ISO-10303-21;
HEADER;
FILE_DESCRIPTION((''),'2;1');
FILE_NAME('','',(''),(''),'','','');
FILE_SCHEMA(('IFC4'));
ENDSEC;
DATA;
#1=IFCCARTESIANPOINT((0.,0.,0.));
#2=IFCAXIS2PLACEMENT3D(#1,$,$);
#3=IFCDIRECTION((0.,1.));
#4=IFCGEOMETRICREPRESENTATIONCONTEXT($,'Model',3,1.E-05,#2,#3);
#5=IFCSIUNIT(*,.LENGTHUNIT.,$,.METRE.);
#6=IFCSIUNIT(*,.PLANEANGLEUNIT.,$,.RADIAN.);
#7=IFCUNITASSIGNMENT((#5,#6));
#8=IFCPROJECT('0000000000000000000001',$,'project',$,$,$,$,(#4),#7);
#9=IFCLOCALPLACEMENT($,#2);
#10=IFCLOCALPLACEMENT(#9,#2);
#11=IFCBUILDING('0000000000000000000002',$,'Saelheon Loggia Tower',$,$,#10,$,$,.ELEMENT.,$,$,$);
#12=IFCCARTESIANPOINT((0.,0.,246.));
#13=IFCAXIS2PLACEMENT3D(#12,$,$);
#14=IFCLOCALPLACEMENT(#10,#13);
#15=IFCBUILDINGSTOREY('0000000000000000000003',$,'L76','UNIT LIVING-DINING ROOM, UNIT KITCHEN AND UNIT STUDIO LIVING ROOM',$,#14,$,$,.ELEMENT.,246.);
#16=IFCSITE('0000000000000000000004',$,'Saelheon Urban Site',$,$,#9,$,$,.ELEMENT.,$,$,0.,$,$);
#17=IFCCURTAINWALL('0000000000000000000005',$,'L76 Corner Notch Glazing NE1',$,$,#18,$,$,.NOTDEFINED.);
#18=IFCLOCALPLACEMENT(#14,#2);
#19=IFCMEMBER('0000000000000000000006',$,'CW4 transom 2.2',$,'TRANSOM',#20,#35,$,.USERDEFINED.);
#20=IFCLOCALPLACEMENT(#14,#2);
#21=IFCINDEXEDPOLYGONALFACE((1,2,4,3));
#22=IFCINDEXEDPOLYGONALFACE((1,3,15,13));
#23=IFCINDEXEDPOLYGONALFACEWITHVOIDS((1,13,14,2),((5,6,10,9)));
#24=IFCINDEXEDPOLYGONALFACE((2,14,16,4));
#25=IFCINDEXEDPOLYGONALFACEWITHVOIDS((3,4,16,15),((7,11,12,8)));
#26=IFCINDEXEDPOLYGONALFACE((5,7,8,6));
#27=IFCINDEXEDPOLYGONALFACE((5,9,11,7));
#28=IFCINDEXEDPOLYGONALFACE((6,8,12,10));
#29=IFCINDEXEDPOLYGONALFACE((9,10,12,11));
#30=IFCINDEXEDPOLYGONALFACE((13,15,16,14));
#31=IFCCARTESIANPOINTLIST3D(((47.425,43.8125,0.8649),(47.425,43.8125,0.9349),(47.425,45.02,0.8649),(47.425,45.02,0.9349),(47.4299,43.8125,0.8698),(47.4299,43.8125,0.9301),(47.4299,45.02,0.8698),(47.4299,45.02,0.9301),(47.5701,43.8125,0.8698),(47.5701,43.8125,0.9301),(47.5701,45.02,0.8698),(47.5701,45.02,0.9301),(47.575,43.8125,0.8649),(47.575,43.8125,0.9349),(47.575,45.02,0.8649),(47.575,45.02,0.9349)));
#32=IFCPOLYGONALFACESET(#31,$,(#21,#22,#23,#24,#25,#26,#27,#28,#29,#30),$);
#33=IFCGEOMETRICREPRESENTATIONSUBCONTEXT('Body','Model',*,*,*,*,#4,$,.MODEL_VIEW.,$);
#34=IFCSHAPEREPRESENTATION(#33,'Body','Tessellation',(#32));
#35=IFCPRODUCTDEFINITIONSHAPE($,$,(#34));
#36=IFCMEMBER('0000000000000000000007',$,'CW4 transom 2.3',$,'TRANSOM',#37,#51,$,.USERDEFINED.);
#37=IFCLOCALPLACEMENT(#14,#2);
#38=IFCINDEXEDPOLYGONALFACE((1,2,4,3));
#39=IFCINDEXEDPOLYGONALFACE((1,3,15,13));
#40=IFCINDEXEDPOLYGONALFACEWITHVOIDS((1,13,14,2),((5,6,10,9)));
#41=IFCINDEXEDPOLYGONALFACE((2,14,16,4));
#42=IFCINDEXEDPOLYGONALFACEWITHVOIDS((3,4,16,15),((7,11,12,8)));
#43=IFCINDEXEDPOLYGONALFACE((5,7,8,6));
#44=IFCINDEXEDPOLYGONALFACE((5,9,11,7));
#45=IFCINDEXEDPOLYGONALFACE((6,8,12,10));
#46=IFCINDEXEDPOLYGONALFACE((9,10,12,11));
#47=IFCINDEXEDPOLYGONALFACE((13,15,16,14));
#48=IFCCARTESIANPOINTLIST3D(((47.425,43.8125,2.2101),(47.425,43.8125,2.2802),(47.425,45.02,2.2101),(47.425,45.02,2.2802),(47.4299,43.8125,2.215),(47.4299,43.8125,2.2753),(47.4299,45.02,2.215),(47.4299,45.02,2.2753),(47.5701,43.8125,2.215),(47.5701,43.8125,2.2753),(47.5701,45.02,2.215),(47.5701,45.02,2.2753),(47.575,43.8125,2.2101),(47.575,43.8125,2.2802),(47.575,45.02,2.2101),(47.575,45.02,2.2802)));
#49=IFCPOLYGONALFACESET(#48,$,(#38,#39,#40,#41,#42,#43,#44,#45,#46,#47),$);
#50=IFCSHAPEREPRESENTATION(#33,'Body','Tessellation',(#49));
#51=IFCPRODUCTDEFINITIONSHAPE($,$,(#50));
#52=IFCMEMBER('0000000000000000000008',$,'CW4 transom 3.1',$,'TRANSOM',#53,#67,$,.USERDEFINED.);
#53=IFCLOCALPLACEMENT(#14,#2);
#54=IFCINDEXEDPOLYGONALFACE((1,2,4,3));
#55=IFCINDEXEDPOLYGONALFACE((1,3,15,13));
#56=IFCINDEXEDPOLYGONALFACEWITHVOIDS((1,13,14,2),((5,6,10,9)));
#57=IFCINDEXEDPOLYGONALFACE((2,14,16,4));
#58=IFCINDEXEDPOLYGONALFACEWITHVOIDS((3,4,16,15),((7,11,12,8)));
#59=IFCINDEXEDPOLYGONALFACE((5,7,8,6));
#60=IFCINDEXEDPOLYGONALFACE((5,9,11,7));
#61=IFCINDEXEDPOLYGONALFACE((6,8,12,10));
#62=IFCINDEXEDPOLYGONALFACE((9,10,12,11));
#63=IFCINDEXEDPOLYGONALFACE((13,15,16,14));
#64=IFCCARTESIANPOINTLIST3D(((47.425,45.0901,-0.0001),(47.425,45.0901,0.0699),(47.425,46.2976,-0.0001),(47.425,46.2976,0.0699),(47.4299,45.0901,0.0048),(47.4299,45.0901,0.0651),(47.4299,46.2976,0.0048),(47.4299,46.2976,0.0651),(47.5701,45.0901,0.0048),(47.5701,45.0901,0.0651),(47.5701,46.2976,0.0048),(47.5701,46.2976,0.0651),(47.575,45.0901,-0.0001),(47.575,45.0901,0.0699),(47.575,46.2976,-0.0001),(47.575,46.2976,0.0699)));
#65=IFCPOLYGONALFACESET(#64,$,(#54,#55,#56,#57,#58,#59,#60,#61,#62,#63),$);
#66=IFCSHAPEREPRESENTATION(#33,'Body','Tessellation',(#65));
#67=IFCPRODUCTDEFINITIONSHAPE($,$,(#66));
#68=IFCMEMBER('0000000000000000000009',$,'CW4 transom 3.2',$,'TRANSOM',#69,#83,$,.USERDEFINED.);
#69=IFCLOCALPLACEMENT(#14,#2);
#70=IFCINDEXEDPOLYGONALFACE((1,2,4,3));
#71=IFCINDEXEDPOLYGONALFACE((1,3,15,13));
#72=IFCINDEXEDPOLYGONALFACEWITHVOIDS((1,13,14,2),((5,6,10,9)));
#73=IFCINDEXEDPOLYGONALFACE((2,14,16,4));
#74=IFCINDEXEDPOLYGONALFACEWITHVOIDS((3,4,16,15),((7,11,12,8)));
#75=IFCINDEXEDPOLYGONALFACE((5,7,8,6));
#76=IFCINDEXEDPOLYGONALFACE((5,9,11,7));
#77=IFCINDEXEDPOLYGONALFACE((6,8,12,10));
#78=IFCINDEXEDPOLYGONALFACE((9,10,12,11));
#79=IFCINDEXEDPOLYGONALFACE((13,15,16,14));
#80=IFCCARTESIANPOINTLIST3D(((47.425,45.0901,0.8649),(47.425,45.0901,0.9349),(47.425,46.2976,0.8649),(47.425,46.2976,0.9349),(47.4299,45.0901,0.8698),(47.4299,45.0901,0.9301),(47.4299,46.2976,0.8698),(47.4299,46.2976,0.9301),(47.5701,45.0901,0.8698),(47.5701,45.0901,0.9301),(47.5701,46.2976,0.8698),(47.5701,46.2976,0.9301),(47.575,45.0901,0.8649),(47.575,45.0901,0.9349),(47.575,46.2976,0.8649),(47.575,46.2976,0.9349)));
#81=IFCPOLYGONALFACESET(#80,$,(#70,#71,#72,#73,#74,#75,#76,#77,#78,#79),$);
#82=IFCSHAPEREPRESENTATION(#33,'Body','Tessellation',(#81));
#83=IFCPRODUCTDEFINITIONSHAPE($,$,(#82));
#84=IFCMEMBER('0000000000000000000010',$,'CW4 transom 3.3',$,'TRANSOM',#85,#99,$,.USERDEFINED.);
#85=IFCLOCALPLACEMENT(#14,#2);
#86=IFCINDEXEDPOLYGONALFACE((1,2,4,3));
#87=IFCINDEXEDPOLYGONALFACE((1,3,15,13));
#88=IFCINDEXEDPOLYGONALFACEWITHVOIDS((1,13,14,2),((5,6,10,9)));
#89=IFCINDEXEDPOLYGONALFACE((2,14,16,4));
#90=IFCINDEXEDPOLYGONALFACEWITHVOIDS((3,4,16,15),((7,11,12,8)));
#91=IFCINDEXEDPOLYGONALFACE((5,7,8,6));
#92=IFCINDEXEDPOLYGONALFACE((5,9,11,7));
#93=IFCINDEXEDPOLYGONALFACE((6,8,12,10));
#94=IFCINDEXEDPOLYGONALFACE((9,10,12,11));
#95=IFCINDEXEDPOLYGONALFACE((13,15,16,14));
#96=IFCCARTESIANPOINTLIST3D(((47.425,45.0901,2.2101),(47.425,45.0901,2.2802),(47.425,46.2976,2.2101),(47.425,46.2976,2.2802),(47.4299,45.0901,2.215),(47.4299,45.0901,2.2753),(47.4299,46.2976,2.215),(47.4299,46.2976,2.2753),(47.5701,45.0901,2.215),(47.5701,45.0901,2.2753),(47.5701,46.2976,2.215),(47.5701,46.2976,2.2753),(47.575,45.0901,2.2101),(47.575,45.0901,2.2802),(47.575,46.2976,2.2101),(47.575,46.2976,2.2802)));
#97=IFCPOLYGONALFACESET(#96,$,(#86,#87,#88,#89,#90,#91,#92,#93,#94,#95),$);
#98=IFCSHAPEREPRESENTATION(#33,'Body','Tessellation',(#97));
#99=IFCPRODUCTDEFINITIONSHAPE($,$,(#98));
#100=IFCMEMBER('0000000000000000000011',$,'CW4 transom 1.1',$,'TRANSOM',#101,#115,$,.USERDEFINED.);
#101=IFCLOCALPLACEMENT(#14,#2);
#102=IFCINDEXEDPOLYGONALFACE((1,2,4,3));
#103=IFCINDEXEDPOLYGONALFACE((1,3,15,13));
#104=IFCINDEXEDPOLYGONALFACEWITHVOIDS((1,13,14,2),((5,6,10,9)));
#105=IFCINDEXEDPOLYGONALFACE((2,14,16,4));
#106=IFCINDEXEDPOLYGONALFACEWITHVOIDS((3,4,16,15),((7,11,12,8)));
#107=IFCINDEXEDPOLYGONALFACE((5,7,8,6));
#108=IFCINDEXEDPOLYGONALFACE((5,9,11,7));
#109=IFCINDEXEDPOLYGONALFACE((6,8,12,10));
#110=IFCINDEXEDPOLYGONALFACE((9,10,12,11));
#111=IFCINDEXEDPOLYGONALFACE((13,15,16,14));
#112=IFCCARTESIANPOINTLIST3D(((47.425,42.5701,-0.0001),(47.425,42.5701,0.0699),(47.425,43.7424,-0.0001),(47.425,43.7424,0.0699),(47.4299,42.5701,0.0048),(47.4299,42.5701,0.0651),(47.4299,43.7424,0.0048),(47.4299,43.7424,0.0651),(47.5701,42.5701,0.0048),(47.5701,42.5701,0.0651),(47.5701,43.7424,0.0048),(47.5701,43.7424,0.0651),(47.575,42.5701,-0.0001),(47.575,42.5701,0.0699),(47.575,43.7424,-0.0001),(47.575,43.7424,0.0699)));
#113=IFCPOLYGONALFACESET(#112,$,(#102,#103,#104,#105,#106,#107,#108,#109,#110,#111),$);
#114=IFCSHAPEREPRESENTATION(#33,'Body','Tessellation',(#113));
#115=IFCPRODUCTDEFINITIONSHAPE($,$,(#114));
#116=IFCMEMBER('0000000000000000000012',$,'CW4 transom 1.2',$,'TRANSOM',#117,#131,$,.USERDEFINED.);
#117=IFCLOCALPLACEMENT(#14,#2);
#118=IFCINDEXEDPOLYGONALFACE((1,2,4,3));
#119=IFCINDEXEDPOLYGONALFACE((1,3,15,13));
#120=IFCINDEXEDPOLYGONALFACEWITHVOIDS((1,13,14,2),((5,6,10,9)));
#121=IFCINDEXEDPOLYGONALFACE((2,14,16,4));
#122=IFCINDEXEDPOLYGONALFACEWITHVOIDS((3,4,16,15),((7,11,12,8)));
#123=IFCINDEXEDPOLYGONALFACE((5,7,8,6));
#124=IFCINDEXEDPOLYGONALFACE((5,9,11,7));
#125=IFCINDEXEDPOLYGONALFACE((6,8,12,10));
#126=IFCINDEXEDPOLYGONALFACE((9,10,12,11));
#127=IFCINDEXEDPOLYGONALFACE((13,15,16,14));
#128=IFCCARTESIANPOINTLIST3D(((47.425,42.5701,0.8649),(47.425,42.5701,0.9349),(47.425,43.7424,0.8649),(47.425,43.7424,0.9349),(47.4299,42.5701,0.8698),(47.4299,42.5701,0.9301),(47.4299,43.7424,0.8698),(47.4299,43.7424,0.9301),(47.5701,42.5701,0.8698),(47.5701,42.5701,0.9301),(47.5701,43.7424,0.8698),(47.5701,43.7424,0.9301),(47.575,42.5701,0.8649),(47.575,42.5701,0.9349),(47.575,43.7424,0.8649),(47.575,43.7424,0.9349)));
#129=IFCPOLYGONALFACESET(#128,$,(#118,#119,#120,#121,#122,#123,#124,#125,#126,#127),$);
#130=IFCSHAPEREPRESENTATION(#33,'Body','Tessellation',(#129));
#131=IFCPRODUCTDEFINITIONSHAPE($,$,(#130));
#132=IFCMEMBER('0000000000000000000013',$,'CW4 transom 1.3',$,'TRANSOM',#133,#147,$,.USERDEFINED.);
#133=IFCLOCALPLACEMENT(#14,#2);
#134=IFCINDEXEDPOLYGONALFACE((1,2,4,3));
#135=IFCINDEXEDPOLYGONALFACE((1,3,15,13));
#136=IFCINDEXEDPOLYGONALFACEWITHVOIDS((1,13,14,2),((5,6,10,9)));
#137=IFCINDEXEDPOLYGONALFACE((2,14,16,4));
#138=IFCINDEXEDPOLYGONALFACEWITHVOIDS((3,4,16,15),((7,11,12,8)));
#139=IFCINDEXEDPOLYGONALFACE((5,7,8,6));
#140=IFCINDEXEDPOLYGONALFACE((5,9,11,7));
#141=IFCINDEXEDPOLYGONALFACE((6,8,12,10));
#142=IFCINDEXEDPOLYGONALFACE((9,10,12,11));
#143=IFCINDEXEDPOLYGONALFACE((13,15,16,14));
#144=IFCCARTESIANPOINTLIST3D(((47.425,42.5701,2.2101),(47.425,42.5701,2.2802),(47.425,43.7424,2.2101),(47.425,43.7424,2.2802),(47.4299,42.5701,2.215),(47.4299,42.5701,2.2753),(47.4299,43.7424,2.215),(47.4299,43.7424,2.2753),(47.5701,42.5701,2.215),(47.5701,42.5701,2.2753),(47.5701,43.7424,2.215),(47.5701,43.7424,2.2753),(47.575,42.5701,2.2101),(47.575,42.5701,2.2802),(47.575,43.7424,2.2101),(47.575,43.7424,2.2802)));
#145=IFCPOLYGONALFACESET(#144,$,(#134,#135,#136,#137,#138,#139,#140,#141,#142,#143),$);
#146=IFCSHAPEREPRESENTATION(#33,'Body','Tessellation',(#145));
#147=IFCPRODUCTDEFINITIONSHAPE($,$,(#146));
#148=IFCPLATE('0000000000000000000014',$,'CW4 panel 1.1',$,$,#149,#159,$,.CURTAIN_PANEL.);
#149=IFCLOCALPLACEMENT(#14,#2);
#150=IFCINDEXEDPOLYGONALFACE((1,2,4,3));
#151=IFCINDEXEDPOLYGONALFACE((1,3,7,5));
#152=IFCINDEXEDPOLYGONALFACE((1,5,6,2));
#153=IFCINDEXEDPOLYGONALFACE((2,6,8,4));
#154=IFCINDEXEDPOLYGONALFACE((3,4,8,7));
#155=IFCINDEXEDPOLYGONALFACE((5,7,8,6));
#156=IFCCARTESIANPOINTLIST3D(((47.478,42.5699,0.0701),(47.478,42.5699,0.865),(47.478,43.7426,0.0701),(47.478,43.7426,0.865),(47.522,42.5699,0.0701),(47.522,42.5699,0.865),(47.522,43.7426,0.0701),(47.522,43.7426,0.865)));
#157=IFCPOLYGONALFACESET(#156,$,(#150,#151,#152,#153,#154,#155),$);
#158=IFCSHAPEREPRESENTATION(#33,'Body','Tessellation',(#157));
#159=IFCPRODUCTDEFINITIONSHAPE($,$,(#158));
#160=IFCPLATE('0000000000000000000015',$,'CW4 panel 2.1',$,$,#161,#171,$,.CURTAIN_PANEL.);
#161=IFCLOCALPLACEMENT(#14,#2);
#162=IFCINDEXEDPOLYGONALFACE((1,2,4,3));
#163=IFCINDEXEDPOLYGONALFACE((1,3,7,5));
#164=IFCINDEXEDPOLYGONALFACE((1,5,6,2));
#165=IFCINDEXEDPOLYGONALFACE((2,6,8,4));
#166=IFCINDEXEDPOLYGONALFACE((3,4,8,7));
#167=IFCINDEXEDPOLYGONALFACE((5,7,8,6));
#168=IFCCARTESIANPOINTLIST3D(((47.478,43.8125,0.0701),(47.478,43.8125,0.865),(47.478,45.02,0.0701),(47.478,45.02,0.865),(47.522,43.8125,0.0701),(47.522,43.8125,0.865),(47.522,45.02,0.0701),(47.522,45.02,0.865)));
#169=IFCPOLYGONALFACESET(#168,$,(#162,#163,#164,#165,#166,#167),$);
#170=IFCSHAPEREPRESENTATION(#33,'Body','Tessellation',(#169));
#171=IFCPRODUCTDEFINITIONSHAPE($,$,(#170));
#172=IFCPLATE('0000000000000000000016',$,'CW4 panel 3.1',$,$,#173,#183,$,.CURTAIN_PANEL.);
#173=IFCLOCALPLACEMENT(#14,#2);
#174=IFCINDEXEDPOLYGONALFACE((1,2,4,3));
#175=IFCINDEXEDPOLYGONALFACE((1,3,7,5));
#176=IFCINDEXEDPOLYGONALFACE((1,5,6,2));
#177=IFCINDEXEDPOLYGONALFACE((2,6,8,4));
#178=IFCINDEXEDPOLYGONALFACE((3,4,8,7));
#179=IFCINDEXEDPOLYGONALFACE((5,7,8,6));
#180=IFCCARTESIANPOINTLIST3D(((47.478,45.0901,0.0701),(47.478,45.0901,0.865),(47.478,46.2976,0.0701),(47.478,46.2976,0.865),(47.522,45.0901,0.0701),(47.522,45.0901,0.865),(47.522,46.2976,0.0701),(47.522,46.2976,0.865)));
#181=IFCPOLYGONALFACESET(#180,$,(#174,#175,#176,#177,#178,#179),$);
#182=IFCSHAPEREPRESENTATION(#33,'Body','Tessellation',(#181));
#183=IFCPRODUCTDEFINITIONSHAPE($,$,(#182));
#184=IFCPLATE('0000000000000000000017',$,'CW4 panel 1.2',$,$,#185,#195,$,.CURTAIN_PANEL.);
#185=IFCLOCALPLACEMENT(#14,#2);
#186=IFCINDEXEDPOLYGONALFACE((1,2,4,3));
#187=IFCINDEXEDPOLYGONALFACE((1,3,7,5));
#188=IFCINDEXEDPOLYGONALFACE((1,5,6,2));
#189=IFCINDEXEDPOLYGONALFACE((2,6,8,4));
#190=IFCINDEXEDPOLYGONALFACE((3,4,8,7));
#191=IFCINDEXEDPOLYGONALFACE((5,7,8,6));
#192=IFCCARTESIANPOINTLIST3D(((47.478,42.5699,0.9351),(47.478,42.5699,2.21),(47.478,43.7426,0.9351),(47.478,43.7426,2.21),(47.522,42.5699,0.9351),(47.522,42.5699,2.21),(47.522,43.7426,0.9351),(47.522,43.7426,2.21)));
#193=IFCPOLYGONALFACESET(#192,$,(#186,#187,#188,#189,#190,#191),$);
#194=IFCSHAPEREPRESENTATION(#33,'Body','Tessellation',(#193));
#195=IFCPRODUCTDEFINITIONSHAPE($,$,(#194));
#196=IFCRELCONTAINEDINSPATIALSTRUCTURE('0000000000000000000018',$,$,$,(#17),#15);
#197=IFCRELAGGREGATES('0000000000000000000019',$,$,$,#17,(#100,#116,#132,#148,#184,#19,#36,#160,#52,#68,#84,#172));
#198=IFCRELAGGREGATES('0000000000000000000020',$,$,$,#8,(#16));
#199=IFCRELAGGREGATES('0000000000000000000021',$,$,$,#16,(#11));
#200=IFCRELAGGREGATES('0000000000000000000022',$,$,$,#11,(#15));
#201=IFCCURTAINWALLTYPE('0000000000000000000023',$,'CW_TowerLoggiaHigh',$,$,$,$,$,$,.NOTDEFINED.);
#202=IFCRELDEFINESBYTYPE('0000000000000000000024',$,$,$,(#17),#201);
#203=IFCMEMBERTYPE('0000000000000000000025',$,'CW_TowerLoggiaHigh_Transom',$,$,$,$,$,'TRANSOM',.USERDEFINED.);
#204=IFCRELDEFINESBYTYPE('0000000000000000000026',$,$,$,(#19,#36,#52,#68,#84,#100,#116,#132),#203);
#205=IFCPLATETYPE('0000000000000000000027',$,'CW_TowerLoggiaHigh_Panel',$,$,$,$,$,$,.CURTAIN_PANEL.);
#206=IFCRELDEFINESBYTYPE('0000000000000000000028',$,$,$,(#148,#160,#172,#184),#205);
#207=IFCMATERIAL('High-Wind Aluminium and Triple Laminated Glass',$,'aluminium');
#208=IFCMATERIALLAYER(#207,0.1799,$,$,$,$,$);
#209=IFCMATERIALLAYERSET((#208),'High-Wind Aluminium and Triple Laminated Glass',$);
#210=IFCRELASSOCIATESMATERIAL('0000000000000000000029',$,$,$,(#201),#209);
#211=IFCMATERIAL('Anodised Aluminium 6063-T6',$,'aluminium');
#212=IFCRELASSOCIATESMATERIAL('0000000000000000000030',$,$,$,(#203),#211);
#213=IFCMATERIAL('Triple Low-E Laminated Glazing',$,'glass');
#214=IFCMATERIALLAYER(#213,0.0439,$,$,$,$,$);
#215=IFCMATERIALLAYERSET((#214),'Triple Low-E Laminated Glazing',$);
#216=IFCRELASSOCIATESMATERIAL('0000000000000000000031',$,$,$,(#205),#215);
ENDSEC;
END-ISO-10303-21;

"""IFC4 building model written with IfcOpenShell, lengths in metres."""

from ifc_helpers import new_model, si_unit, direction, frame, origin, origin_2d, place, context, subcontext, project, spatial, rectangle, hollow_rectangle, extrude, source, transform, mapped, material, layer, layer_set, material_profile, profile_set, type_object, element, aggregate, save


model = new_model("IFC4")

# Units and contexts
model_context = context("Model", 3, precision=1e-05, world=origin(), true_north=direction((0.0, 1.0)))
body_context = subcontext(model_context, "Body", "Model", "MODEL_VIEW")
ifc_project = project(units=[si_unit("LENGTHUNIT", "METRE"), si_unit("PLANEANGLEUNIT", "RADIAN")], contexts=[model_context])

# Site, building, storey
site_placement = place(None, origin())
site = spatial("IfcSite", under=ifc_project, at=site_placement, Name="Saelheon Urban Site", CompositionType="ELEMENT", RefElevation=0.0)
building_placement = place(site_placement, origin())
building = spatial("IfcBuilding", under=site, at=building_placement, Name="Saelheon Loggia Tower", CompositionType="ELEMENT")
storey_placement = place(building_placement, frame((0.0, 0.0, 246.0)))
storey = spatial("IfcBuildingStorey", under=building, at=storey_placement, Name="L76", Description="UNIT LIVING-DINING ROOM, UNIT KITCHEN AND UNIT STUDIO LIVING ROOM", CompositionType="ELEMENT", Elevation=246.0)

# Curtain wall, members, plates
ifc_material_1 = material(Name="High-Wind Aluminium and Triple Laminated Glass", Category="aluminium")
ifc_layer_1 = layer(ifc_material_1, 0.1799)
ifc_layer_set_1 = layer_set([ifc_layer_1], Name="High-Wind Aluminium and Triple Laminated Glass")
curtain_wall_type = type_object("IfcCurtainWallType", Name="CW_TowerLoggiaHigh", PredefinedType="NOTDEFINED", material=ifc_layer_set_1)
curtain_wall_placement = place(storey_placement, origin())
curtain_wall = element("IfcCurtainWall", 1, at=curtain_wall_placement, inside=storey, type_object=curtain_wall_type, Name="L76 Corner Notch Glazing NE1", PredefinedType="NOTDEFINED")
ifc_material_2 = material(Name="Anodised Aluminium 6063-T6", Category="aluminium")
ifc_material_profile_1 = material_profile(ifc_material_2, hollow_rectangle(XDim=0.0701, YDim=0.1499, WallThickness=0.0049, at=origin_2d()), Name="RHS-150x70x5")
ifc_profile_set_1 = profile_set([ifc_material_profile_1], Name="Anodised Aluminium 6063-T6")
member_type_1 = type_object("IfcMemberType", Name="CW_TowerLoggiaHigh_Transom", ElementType="TRANSOM", PredefinedType="USERDEFINED", material=ifc_profile_set_1)
shared_shape_1 = source(origin(), body_context, "Body", "SweptSolid", [
    extrude(hollow_rectangle(XDim=0.0701, YDim=0.1499, WallThickness=0.0049, at=origin_2d()), origin(), (0.0, 0.0, 1.0), 1.2075),
])
member_1_placement = place(storey_placement, frame((47.5, 43.8125, 0.8999), z_axis=(0.0, 1.0, 0.0), x_axis=(0.0, 0.0, 1.0)))
member_1 = element("IfcMember", 2, at=member_1_placement, type_object=member_type_1, Name="CW4 transom 2.2", ObjectType="TRANSOM", PredefinedType="USERDEFINED", context=body_context, shape_type="MappedRepresentation", body=[
    mapped(shared_shape_1, transform((0.0, 0.0, 0.0), scale=1.0)),
])
member_2_placement = place(storey_placement, frame((47.5, 43.8125, 2.2451), z_axis=(0.0, 1.0, 0.0), x_axis=(0.0, 0.0, 1.0)))
member_2 = element("IfcMember", 3, at=member_2_placement, type_object=member_type_1, Name="CW4 transom 2.3", ObjectType="TRANSOM", PredefinedType="USERDEFINED", context=body_context, shape_type="MappedRepresentation", body=[
    mapped(shared_shape_1, transform((0.0, 0.0, 0.0), scale=1.0)),
])
member_3_placement = place(storey_placement, frame((47.5, 45.0901, 0.0349), z_axis=(0.0, 1.0, 0.0), x_axis=(0.0, 0.0, 1.0)))
member_3 = element("IfcMember", 4, at=member_3_placement, type_object=member_type_1, Name="CW4 transom 3.1", ObjectType="TRANSOM", PredefinedType="USERDEFINED", context=body_context, shape_type="MappedRepresentation", body=[
    mapped(shared_shape_1, transform((0.0, 0.0, 0.0), scale=1.0)),
])
member_4_placement = place(storey_placement, frame((47.5, 45.0901, 0.8999), z_axis=(0.0, 1.0, 0.0), x_axis=(0.0, 0.0, 1.0)))
member_4 = element("IfcMember", 5, at=member_4_placement, type_object=member_type_1, Name="CW4 transom 3.2", ObjectType="TRANSOM", PredefinedType="USERDEFINED", context=body_context, shape_type="MappedRepresentation", body=[
    mapped(shared_shape_1, transform((0.0, 0.0, 0.0), scale=1.0)),
])
member_5_placement = place(storey_placement, frame((47.5, 45.0901, 2.2451), z_axis=(0.0, 1.0, 0.0), x_axis=(0.0, 0.0, 1.0)))
member_5 = element("IfcMember", 6, at=member_5_placement, type_object=member_type_1, Name="CW4 transom 3.3", ObjectType="TRANSOM", PredefinedType="USERDEFINED", context=body_context, shape_type="MappedRepresentation", body=[
    mapped(shared_shape_1, transform((0.0, 0.0, 0.0), scale=1.0)),
])
shared_shape_2 = source(origin(), body_context, "Body", "SweptSolid", [
    extrude(hollow_rectangle(XDim=0.0701, YDim=0.1499, WallThickness=0.0049, at=origin_2d()), origin(), (0.0, 0.0, 1.0), 1.1724),
])
member_6_placement = place(storey_placement, frame((47.5, 42.5701, 0.0349), z_axis=(0.0, 1.0, 0.0), x_axis=(0.0, 0.0, 1.0)))
member_6 = element("IfcMember", 7, at=member_6_placement, type_object=member_type_1, Name="CW4 transom 1.1", ObjectType="TRANSOM", PredefinedType="USERDEFINED", context=body_context, shape_type="MappedRepresentation", body=[
    mapped(shared_shape_2, transform((0.0, 0.0, 0.0), scale=1.0)),
])
member_7_placement = place(storey_placement, frame((47.5, 42.5701, 0.8999), z_axis=(0.0, 1.0, 0.0), x_axis=(0.0, 0.0, 1.0)))
member_7 = element("IfcMember", 8, at=member_7_placement, type_object=member_type_1, Name="CW4 transom 1.2", ObjectType="TRANSOM", PredefinedType="USERDEFINED", context=body_context, shape_type="MappedRepresentation", body=[
    mapped(shared_shape_2, transform((0.0, 0.0, 0.0), scale=1.0)),
])
member_8_placement = place(storey_placement, frame((47.5, 42.5701, 2.2451), z_axis=(0.0, 1.0, 0.0), x_axis=(0.0, 0.0, 1.0)))
member_8 = element("IfcMember", 9, at=member_8_placement, type_object=member_type_1, Name="CW4 transom 1.3", ObjectType="TRANSOM", PredefinedType="USERDEFINED", context=body_context, shape_type="MappedRepresentation", body=[
    mapped(shared_shape_2, transform((0.0, 0.0, 0.0), scale=1.0)),
])
ifc_material_3 = material(Name="Triple Low-E Laminated Glazing", Category="glass")
ifc_layer_2 = layer(ifc_material_3, 0.0439)
ifc_layer_set_2 = layer_set([ifc_layer_2], Name="Triple Low-E Laminated Glazing")
plate_type = type_object("IfcPlateType", Name="CW_TowerLoggiaHigh_Panel", PredefinedType="CURTAIN_PANEL", material=ifc_layer_set_2)
shared_shape_3 = source(origin(), body_context, "Body", "SweptSolid", [
    extrude(rectangle(XDim=1.1726, YDim=0.0439, at=origin_2d()), origin(), (0.0, 0.0, 1.0), 0.7949),
])
plate_1_placement = place(storey_placement, frame((47.5, 43.1562, 0.0701), z_axis=(0.0, 0.0, 1.0), x_axis=(0.0, 1.0, 0.0)))
plate_1 = element("IfcPlate", 10, at=plate_1_placement, type_object=plate_type, Name="CW4 panel 1.1", PredefinedType="CURTAIN_PANEL", context=body_context, shape_type="MappedRepresentation", body=[
    mapped(shared_shape_3, transform((0.0, 0.0, 0.0), scale=1.0)),
])
shared_shape_4 = source(origin(), body_context, "Body", "SweptSolid", [
    extrude(rectangle(XDim=1.2075, YDim=0.0439, at=origin_2d()), origin(), (0.0, 0.0, 1.0), 0.7949),
])
plate_2_placement = place(storey_placement, frame((47.5, 44.4163, 0.0701), z_axis=(0.0, 0.0, 1.0), x_axis=(0.0, 1.0, 0.0)))
plate_2 = element("IfcPlate", 11, at=plate_2_placement, type_object=plate_type, Name="CW4 panel 2.1", PredefinedType="CURTAIN_PANEL", context=body_context, shape_type="MappedRepresentation", body=[
    mapped(shared_shape_4, transform((0.0, 0.0, 0.0), scale=1.0)),
])
plate_3_placement = place(storey_placement, frame((47.5, 45.6938, 0.0701), z_axis=(0.0, 0.0, 1.0), x_axis=(0.0, 1.0, 0.0)))
plate_3 = element("IfcPlate", 12, at=plate_3_placement, type_object=plate_type, Name="CW4 panel 3.1", PredefinedType="CURTAIN_PANEL", context=body_context, shape_type="MappedRepresentation", body=[
    mapped(shared_shape_4, transform((0.0, 0.0, 0.0), scale=1.0)),
])
shared_shape_5 = source(origin(), body_context, "Body", "SweptSolid", [
    extrude(rectangle(XDim=1.1726, YDim=0.0439, at=origin_2d()), origin(), (0.0, 0.0, 1.0), 1.2749),
])
plate_4_placement = place(storey_placement, frame((47.5, 43.1562, 0.9351), z_axis=(0.0, 0.0, 1.0), x_axis=(0.0, 1.0, 0.0)))
plate_4 = element("IfcPlate", 13, at=plate_4_placement, type_object=plate_type, Name="CW4 panel 1.2", PredefinedType="CURTAIN_PANEL", context=body_context, shape_type="MappedRepresentation", body=[
    mapped(shared_shape_5, transform((0.0, 0.0, 0.0), scale=1.0)),
])
aggregate(curtain_wall, [member_6, member_7, member_8, plate_1, plate_4, member_1, member_2, plate_2, member_3, member_4, member_5, plate_3])

save(model, "model.ifc")
